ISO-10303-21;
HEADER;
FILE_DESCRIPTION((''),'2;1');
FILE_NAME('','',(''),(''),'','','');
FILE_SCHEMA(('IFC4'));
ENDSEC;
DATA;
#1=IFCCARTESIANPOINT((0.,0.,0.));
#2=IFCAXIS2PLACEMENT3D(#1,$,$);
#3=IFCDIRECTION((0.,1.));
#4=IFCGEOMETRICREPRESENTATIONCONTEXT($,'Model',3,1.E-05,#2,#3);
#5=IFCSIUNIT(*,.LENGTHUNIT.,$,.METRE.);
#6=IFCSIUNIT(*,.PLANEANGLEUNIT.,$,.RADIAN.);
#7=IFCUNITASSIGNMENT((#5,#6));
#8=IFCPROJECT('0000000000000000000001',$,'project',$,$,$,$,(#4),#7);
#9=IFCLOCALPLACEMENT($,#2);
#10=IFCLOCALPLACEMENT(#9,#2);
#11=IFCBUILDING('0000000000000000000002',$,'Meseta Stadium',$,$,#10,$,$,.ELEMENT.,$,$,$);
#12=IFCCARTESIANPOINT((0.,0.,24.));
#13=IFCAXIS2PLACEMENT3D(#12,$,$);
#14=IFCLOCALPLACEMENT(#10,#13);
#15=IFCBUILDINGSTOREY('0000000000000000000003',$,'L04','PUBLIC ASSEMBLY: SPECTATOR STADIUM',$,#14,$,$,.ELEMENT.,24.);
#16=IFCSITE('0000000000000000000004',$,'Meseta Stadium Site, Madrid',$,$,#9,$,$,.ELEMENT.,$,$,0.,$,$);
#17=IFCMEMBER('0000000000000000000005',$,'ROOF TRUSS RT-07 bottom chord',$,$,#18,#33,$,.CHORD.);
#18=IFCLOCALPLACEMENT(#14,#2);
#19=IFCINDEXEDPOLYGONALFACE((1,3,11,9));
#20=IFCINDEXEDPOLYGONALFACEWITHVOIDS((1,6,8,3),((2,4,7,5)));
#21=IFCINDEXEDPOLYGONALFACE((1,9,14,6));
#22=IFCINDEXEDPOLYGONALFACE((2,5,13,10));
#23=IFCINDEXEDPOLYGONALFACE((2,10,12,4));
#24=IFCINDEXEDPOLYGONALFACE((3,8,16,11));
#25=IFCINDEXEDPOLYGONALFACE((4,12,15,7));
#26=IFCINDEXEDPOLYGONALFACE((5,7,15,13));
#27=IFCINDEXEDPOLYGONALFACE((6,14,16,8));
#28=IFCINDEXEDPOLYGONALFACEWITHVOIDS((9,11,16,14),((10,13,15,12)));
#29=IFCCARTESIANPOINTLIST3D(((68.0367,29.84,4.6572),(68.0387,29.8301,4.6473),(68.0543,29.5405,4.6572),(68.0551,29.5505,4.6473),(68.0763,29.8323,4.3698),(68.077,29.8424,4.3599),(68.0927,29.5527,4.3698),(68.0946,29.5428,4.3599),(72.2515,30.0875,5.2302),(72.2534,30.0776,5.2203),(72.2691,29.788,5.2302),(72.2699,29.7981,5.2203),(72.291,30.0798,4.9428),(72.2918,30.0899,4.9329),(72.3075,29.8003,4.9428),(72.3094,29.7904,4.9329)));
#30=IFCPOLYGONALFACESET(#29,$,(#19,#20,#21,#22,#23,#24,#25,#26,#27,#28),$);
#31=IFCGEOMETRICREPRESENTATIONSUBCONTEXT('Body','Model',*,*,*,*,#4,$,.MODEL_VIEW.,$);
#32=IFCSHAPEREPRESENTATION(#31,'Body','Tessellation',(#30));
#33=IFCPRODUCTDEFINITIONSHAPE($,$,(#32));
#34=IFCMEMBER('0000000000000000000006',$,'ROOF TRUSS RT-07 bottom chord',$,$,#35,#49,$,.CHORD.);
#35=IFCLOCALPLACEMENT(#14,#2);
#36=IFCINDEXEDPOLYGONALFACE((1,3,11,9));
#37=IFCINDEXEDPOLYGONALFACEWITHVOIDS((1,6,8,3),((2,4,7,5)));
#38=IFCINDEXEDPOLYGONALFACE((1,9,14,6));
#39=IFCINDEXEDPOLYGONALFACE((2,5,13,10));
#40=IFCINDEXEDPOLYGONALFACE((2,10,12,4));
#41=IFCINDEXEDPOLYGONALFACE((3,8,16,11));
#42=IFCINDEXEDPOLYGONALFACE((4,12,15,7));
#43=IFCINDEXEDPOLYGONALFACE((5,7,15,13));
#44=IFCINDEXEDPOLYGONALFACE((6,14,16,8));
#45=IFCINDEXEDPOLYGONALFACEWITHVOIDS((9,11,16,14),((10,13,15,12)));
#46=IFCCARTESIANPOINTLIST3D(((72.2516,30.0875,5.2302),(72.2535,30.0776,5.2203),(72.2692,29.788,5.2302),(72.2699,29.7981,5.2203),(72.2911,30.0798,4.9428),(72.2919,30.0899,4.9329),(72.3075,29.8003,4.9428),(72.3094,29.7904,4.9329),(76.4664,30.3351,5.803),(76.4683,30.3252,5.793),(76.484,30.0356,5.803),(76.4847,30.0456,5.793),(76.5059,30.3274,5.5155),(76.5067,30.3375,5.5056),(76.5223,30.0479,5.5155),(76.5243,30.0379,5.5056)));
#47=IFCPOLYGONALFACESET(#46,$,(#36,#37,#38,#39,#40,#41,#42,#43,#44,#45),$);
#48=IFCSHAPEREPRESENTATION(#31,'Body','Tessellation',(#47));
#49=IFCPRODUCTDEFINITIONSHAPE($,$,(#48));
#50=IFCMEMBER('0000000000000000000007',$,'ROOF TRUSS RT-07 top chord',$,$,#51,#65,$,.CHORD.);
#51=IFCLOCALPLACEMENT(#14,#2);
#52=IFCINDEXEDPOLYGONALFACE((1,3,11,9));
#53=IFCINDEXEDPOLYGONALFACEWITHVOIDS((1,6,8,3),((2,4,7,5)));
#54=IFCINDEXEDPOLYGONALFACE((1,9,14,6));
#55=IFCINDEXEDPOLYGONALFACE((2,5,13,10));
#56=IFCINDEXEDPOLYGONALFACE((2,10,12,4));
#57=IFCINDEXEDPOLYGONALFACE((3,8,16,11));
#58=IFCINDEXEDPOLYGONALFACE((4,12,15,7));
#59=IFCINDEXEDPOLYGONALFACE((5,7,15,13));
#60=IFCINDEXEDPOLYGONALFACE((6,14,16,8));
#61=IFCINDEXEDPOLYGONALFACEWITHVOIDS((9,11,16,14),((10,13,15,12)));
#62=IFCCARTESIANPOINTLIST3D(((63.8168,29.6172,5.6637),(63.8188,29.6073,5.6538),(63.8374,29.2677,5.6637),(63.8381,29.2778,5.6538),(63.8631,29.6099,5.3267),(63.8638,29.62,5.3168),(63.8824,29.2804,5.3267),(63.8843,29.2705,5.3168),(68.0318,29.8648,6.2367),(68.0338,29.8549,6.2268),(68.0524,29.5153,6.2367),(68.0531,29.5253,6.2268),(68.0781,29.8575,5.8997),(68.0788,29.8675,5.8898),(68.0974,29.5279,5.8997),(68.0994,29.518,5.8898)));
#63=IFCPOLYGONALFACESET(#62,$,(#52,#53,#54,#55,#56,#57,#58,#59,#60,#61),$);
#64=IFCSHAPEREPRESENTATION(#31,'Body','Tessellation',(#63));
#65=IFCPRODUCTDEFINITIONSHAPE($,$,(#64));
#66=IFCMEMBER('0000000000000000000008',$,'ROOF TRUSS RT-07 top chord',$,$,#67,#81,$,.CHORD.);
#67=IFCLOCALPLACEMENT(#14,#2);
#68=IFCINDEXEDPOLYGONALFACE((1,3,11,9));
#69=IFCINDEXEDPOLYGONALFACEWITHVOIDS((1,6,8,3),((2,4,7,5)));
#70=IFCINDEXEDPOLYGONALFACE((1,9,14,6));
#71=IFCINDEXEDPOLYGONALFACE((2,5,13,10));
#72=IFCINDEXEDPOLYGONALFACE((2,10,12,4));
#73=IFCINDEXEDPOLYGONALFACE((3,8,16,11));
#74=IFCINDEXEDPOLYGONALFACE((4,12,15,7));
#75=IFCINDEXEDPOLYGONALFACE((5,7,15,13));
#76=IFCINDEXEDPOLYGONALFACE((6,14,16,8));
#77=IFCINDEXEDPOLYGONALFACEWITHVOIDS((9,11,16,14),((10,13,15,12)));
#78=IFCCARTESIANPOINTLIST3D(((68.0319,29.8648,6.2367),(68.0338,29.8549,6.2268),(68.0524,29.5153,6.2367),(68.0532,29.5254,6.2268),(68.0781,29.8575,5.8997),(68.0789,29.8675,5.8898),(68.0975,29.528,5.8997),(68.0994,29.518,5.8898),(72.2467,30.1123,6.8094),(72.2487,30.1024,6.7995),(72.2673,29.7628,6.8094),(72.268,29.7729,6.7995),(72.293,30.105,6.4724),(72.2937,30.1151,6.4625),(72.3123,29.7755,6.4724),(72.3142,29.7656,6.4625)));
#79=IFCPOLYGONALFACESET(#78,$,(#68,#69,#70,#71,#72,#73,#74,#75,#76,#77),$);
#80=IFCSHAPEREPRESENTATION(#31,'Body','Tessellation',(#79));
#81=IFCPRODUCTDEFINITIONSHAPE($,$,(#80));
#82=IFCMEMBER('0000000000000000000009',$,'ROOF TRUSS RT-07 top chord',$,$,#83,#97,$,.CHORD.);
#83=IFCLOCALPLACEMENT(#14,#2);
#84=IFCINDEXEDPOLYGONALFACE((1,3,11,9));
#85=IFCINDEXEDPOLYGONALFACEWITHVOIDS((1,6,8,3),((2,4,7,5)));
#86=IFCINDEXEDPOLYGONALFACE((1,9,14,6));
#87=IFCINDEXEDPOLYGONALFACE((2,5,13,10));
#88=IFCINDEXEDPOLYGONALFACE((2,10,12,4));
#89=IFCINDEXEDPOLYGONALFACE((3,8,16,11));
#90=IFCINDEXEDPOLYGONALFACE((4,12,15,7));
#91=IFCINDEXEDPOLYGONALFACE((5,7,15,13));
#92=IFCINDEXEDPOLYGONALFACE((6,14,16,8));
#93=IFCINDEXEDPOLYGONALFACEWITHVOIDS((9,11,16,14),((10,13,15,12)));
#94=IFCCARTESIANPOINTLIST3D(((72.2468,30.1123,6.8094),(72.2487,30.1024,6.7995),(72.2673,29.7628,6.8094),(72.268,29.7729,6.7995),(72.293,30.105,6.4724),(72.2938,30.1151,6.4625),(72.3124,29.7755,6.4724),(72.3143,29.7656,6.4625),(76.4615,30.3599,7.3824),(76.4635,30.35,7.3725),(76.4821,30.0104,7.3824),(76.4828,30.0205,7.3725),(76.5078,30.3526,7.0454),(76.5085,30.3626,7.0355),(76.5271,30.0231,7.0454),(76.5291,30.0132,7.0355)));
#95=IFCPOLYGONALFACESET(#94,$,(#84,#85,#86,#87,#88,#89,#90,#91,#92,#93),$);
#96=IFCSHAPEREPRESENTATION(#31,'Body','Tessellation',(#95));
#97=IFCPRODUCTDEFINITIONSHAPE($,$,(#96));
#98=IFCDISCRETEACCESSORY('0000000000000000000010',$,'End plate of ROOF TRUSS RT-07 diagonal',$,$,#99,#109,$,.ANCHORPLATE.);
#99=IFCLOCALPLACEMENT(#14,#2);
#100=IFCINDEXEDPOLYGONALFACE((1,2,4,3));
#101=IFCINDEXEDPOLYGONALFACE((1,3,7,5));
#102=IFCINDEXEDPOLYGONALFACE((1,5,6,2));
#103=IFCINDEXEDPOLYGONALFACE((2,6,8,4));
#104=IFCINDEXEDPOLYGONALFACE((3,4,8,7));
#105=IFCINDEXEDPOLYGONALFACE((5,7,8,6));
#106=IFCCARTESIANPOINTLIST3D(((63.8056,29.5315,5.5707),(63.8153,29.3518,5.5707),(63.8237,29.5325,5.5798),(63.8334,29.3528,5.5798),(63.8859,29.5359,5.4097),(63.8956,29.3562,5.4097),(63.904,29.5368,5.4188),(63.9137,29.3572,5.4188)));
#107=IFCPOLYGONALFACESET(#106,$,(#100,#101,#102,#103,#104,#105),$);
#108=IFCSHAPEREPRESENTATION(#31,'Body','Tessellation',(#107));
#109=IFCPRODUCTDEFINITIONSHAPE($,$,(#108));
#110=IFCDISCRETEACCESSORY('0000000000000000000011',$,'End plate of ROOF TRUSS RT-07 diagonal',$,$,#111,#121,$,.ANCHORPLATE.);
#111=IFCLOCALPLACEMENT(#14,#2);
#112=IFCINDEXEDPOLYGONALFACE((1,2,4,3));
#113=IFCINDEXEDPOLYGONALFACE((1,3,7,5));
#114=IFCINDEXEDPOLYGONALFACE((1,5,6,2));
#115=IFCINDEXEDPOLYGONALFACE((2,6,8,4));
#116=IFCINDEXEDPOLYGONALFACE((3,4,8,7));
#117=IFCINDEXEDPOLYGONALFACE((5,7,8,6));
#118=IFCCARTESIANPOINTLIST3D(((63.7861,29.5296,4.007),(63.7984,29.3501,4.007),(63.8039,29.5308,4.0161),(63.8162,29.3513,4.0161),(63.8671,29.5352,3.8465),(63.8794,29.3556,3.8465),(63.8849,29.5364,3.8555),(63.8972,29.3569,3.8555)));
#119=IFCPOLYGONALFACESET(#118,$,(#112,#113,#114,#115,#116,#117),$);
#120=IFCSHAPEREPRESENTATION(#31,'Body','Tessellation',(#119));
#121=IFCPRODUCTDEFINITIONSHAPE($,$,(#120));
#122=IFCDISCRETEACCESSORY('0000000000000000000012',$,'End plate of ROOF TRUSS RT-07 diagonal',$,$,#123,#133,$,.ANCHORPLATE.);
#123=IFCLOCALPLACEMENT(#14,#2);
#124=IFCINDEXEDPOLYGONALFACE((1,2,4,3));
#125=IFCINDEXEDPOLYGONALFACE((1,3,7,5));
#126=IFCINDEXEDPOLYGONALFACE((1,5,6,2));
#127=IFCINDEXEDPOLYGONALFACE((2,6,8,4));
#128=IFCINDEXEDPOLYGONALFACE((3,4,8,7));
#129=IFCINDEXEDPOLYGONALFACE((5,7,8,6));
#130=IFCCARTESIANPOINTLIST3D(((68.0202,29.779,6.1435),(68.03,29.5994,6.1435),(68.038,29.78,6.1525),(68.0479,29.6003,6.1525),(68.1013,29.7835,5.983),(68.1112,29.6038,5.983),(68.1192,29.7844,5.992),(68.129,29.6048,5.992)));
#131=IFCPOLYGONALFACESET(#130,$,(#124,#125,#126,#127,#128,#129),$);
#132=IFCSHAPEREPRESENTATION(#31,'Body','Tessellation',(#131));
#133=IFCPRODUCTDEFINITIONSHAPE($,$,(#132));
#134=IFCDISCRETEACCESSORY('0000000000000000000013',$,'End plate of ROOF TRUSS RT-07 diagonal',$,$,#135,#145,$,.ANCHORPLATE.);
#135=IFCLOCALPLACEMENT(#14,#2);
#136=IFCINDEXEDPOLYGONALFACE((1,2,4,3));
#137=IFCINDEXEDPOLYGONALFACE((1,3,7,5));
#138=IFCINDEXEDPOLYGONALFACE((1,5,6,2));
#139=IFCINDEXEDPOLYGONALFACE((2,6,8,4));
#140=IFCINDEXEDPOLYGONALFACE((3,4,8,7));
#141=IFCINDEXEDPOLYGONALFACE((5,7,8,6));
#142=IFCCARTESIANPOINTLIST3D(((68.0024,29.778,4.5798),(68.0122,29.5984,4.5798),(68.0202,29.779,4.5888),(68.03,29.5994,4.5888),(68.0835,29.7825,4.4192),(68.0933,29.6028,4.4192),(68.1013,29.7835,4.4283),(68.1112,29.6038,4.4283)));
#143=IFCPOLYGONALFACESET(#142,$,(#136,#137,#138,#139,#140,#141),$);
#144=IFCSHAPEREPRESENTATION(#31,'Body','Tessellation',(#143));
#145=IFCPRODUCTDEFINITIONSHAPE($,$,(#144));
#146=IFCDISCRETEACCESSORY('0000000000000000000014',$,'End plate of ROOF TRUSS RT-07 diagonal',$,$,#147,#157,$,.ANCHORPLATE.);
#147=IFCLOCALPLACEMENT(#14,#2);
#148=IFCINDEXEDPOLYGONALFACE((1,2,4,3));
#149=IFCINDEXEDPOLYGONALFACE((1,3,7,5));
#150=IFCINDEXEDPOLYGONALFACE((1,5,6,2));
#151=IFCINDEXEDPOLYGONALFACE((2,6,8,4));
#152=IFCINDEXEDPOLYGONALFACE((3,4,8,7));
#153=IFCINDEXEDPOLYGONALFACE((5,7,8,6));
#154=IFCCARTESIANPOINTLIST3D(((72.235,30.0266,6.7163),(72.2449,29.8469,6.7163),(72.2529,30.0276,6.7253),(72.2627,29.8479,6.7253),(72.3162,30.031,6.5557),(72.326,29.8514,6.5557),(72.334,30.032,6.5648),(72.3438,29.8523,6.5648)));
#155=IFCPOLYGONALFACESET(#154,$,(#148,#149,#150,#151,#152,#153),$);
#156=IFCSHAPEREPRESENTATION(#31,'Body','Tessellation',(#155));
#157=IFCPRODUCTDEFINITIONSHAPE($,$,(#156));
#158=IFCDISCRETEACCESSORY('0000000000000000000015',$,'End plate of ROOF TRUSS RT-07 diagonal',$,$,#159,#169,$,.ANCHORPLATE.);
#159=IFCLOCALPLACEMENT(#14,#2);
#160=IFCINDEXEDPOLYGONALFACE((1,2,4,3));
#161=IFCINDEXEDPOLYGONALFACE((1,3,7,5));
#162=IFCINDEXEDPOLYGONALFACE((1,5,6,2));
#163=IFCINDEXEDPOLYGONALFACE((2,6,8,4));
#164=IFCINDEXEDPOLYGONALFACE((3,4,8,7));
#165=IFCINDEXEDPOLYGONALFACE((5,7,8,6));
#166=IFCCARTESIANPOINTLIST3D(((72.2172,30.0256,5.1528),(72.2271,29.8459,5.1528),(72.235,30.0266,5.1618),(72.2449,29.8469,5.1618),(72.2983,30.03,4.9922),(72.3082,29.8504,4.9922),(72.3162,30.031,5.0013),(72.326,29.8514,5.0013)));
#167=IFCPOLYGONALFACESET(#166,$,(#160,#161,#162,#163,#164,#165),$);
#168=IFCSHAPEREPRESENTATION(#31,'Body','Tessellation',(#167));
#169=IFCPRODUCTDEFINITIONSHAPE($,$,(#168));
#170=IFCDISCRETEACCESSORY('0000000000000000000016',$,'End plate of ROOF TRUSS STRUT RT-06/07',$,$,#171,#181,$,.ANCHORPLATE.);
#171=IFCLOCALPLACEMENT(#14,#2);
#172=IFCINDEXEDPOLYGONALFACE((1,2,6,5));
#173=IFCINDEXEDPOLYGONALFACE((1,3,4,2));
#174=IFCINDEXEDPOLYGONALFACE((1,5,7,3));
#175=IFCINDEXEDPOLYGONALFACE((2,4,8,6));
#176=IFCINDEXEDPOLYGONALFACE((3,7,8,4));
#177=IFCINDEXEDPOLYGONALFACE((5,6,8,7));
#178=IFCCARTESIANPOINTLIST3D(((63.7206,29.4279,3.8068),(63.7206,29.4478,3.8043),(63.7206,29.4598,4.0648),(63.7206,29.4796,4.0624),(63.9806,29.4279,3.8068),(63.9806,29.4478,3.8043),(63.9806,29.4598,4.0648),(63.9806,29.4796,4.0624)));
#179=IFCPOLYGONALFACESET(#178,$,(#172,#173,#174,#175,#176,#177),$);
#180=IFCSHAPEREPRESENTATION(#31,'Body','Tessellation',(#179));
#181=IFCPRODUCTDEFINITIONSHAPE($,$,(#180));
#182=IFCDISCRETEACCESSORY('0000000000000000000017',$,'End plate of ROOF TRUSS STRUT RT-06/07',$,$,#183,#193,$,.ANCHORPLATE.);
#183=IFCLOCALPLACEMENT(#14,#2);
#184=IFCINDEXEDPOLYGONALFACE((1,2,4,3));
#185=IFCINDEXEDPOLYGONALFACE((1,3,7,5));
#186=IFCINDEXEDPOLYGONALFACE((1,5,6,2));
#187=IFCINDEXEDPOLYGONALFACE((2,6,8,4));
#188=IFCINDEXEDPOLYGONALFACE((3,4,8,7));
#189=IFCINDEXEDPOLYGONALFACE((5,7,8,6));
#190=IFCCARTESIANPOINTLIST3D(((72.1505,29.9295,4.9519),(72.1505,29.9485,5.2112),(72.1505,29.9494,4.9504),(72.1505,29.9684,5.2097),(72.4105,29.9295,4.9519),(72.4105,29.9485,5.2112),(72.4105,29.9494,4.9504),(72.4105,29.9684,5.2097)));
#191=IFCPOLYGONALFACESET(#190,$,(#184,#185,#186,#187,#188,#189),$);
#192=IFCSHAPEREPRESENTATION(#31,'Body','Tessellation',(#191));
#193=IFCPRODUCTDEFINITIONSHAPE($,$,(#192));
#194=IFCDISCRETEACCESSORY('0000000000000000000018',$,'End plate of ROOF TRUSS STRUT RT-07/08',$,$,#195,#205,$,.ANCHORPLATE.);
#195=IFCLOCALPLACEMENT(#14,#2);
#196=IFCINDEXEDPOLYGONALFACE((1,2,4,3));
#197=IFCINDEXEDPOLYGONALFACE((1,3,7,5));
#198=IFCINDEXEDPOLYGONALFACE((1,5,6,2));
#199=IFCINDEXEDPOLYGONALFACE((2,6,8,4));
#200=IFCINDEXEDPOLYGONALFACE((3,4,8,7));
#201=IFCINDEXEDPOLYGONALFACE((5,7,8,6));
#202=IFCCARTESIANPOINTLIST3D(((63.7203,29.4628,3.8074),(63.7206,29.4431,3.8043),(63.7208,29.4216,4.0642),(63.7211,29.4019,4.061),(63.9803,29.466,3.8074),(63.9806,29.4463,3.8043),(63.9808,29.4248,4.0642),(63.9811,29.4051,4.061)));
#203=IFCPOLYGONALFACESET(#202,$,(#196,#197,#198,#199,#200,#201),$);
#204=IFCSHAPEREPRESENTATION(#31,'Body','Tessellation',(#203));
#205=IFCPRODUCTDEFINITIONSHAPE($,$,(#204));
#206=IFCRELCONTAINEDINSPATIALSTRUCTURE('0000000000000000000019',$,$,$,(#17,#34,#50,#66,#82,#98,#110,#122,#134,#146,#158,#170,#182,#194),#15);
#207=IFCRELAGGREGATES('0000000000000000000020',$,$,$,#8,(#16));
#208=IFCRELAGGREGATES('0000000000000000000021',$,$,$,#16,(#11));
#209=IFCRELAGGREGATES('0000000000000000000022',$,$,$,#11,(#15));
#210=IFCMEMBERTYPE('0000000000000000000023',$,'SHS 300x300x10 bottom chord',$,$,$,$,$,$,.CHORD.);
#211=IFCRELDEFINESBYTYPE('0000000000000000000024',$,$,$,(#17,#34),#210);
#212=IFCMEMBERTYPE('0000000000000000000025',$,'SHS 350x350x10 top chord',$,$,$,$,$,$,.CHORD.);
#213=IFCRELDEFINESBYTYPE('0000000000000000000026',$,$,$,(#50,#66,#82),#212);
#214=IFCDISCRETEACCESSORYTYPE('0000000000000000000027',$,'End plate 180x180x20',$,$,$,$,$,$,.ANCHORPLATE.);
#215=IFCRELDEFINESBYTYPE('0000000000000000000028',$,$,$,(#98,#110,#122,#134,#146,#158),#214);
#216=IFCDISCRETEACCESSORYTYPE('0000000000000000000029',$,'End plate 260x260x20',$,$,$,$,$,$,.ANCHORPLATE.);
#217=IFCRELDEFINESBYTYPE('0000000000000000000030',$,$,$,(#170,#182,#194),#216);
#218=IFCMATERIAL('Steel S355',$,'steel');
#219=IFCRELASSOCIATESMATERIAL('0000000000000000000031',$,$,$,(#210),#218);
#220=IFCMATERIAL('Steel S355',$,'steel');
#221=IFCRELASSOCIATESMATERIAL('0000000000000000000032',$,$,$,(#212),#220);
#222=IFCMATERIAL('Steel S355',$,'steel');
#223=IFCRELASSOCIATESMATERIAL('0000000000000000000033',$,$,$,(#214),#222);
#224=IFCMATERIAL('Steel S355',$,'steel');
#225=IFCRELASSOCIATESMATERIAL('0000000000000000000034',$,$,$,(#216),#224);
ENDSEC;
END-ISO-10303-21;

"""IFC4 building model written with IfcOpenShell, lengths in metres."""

from ifc_helpers import new_model, si_unit, direction, frame, origin, origin_2d, place, context, subcontext, project, spatial, rectangle, hollow_rectangle, extrude, material, material_profile, profile_set, type_object, element, save


model = new_model("IFC4")

# Units and contexts
model_context = context("Model", 3, precision=1e-05, world=origin(), true_north=direction((0.0, 1.0)))
body_context = subcontext(model_context, "Body", "Model", "MODEL_VIEW")
ifc_project = project(units=[si_unit("LENGTHUNIT", "METRE"), si_unit("PLANEANGLEUNIT", "RADIAN")], contexts=[model_context])

# Site, building, storey
site_placement = place(None, origin())
site = spatial("IfcSite", under=ifc_project, at=site_placement, Name="Meseta Stadium Site, Madrid", CompositionType="ELEMENT", RefElevation=0.0)
building_placement = place(site_placement, origin())
building = spatial("IfcBuilding", under=site, at=building_placement, Name="Meseta Stadium", CompositionType="ELEMENT")
storey_placement = place(building_placement, frame((0.0, 0.0, 24.0)))
storey = spatial("IfcBuildingStorey", under=building, at=storey_placement, Name="L04", Description="PUBLIC ASSEMBLY: SPECTATOR STADIUM", CompositionType="ELEMENT", Elevation=24.0)

# Members
ifc_material_1 = material(Name="Steel S355", Category="steel")
ifc_material_profile_1 = material_profile(ifc_material_1, hollow_rectangle(XDim=0.3, YDim=0.3, WallThickness=0.01, at=origin_2d()), Name="SHS 300x300x10")
ifc_profile_set_1 = profile_set([ifc_material_profile_1], Name="Steel S355")
member_type_1 = type_object("IfcMemberType", Name="SHS 300x300x10 bottom chord", PredefinedType="CHORD", material=ifc_profile_set_1)
for number, where, z_axis, x_axis, name in (
    (1, (68.0657, 29.6914, 4.5085), (0.989211, 0.058101, 0.134481), (-0.058634, 0.99828, 0.0), "ROOF TRUSS RT-07 bottom chord"),
    (2, (72.2805, 29.939, 5.0815), (0.989219, 0.058102, 0.134425), (-0.058634, 0.99828, 0.0), "ROOF TRUSS RT-07 bottom chord"),
):
    element("IfcMember", number, at=place(storey_placement, frame(where, z_axis=z_axis, x_axis=x_axis)), inside=storey, type_object=member_type_1, Name=name, PredefinedType="CHORD", context=body_context, shape_type="SweptSolid", body=[
        extrude(hollow_rectangle(XDim=0.3, YDim=0.3, WallThickness=0.01, at=origin_2d()), origin(), (0.0, 0.0, 1.0), 4.2607),
    ])
ifc_material_2 = material(Name="Steel S355", Category="steel")
ifc_material_profile_2 = material_profile(ifc_material_2, hollow_rectangle(XDim=0.3501, YDim=0.3501, WallThickness=0.01, at=origin_2d()), Name="SHS 350x350x10")
ifc_profile_set_2 = profile_set([ifc_material_profile_2], Name="Steel S355")
member_type_2 = type_object("IfcMemberType", Name="SHS 350x350x10 top chord", PredefinedType="CHORD", material=ifc_profile_set_2)
member_1_placement = place(storey_placement, frame((63.8506, 29.4438, 5.4902), z_axis=(0.989213, 0.058098, 0.134473), x_axis=(-0.058631, 0.99828, 0.0)))
element("IfcMember", 3, at=member_1_placement, inside=storey, type_object=member_type_2, Name="ROOF TRUSS RT-07 top chord", PredefinedType="CHORD", context=body_context, shape_type="SweptSolid", body=[
    extrude(hollow_rectangle(XDim=0.3501, YDim=0.3501, WallThickness=0.01, at=origin_2d()), origin(), (0.0, 0.0, 1.0), 4.261),
])
for number, where, z_axis, x_axis, name in (
    (4, (68.0657, 29.6914, 6.0632), (0.989219, 0.058102, 0.134425), (-0.058634, 0.99828, 0.0), "ROOF TRUSS RT-07 top chord"),
    (5, (72.2805, 29.939, 6.636), (0.989211, 0.058101, 0.134481), (-0.058634, 0.99828, 0.0), "ROOF TRUSS RT-07 top chord"),
):
    element("IfcMember", number, at=place(storey_placement, frame(where, z_axis=z_axis, x_axis=x_axis)), inside=storey, type_object=member_type_2, Name=name, PredefinedType="CHORD", context=body_context, shape_type="SweptSolid", body=[
        extrude(hollow_rectangle(XDim=0.3501, YDim=0.3501, WallThickness=0.01, at=origin_2d()), origin(), (0.0, 0.0, 1.0), 4.2607),
    ])

# Discrete accessories
ifc_material_3 = material(Name="Steel S355", Category="steel")
ifc_material_profile_3 = material_profile(ifc_material_3, rectangle(XDim=0.1799, YDim=0.1799, at=origin_2d()), Name="PL 180x180")
ifc_profile_set_3 = profile_set([ifc_material_profile_3], Name="Steel S355")
discrete_accessory_type_1 = type_object("IfcDiscreteAccessoryType", Name="End plate 180x180x20", PredefinedType="ANCHORPLATE", material=ifc_profile_set_3)
discrete_accessory_placement = place(storey_placement, frame((63.8506, 29.4438, 5.4902), z_axis=(0.893384, 0.048291, 0.446692), x_axis=(-0.053975, 0.998542, 0.0)))
element("IfcDiscreteAccessory", 6, at=discrete_accessory_placement, inside=storey, type_object=discrete_accessory_type_1, Name="End plate of ROOF TRUSS RT-07 diagonal", PredefinedType="ANCHORPLATE", context=body_context, shape_type="SweptSolid", body=[
    extrude(rectangle(XDim=0.1799, YDim=0.1799, at=origin_2d()), origin(), (0.0, 0.0, 1.0), 0.0203),
])
for number, where, z_axis, x_axis, name in (
    (7, (63.8328, 29.4426, 3.9268), (0.89031, 0.06098, 0.451253), (-0.068333, 0.997663, 0.0), "End plate of ROOF TRUSS RT-07 diagonal"),
    (8, (68.0657, 29.6914, 6.0632), (0.890907, 0.048817, 0.451555), (-0.054712, 0.998502, 0.0), "End plate of ROOF TRUSS RT-07 diagonal"),
    (9, (68.0479, 29.6904, 4.4995), (0.890907, 0.048817, 0.451555), (-0.054712, 0.998502, 0.0), "End plate of ROOF TRUSS RT-07 diagonal"),
    (10, (72.2805, 29.939, 6.636), (0.890907, 0.048817, 0.451555), (-0.054712, 0.998502, 0.0), "End plate of ROOF TRUSS RT-07 diagonal"),
    (11, (72.2627, 29.938, 5.0725), (0.890907, 0.048817, 0.451555), (-0.054712, 0.998502, 0.0), "End plate of ROOF TRUSS RT-07 diagonal"),
):
    element("IfcDiscreteAccessory", number, at=place(storey_placement, frame(where, z_axis=z_axis, x_axis=x_axis)), inside=storey, type_object=discrete_accessory_type_1, Name=name, PredefinedType="ANCHORPLATE", context=body_context, shape_type="SweptSolid", body=[
        extrude(rectangle(XDim=0.1799, YDim=0.1799, at=origin_2d()), origin(), (0.0, 0.0, 1.0), 0.02),
    ])
ifc_material_4 = material(Name="Steel S355", Category="steel")
ifc_material_profile_4 = material_profile(ifc_material_4, rectangle(XDim=0.26, YDim=0.26, at=origin_2d()), Name="PL 260x260")
ifc_profile_set_4 = profile_set([ifc_material_profile_4], Name="Steel S355")
discrete_accessory_type_2 = type_object("IfcDiscreteAccessoryType", Name="End plate 260x260x20", PredefinedType="ANCHORPLATE", material=ifc_profile_set_4)
for number, where, z_axis, x_axis, name in (
    (12, (63.8506, 29.4438, 3.9358), (0.0, 0.992465, -0.122527), (-1.0, 0.0, 0.0), "End plate of ROOF TRUSS STRUT RT-06/07"),
    (13, (72.2805, 29.939, 5.0815), (0.0, 0.997334, -0.072976), (-1.0, 0.0, 0.0), "End plate of ROOF TRUSS STRUT RT-06/07"),
    (14, (63.8508, 29.4241, 3.9326), (-0.012189, 0.987291, 0.158454), (-0.999924, -0.012345, 0.0), "End plate of ROOF TRUSS STRUT RT-07/08"),
):
    element("IfcDiscreteAccessory", number, at=place(storey_placement, frame(where, z_axis=z_axis, x_axis=x_axis)), inside=storey, type_object=discrete_accessory_type_2, Name=name, PredefinedType="ANCHORPLATE", context=body_context, shape_type="SweptSolid", body=[
        extrude(rectangle(XDim=0.26, YDim=0.26, at=origin_2d()), origin(), (0.0, 0.0, 1.0), 0.02),
    ])

save(model, "model.ifc")
